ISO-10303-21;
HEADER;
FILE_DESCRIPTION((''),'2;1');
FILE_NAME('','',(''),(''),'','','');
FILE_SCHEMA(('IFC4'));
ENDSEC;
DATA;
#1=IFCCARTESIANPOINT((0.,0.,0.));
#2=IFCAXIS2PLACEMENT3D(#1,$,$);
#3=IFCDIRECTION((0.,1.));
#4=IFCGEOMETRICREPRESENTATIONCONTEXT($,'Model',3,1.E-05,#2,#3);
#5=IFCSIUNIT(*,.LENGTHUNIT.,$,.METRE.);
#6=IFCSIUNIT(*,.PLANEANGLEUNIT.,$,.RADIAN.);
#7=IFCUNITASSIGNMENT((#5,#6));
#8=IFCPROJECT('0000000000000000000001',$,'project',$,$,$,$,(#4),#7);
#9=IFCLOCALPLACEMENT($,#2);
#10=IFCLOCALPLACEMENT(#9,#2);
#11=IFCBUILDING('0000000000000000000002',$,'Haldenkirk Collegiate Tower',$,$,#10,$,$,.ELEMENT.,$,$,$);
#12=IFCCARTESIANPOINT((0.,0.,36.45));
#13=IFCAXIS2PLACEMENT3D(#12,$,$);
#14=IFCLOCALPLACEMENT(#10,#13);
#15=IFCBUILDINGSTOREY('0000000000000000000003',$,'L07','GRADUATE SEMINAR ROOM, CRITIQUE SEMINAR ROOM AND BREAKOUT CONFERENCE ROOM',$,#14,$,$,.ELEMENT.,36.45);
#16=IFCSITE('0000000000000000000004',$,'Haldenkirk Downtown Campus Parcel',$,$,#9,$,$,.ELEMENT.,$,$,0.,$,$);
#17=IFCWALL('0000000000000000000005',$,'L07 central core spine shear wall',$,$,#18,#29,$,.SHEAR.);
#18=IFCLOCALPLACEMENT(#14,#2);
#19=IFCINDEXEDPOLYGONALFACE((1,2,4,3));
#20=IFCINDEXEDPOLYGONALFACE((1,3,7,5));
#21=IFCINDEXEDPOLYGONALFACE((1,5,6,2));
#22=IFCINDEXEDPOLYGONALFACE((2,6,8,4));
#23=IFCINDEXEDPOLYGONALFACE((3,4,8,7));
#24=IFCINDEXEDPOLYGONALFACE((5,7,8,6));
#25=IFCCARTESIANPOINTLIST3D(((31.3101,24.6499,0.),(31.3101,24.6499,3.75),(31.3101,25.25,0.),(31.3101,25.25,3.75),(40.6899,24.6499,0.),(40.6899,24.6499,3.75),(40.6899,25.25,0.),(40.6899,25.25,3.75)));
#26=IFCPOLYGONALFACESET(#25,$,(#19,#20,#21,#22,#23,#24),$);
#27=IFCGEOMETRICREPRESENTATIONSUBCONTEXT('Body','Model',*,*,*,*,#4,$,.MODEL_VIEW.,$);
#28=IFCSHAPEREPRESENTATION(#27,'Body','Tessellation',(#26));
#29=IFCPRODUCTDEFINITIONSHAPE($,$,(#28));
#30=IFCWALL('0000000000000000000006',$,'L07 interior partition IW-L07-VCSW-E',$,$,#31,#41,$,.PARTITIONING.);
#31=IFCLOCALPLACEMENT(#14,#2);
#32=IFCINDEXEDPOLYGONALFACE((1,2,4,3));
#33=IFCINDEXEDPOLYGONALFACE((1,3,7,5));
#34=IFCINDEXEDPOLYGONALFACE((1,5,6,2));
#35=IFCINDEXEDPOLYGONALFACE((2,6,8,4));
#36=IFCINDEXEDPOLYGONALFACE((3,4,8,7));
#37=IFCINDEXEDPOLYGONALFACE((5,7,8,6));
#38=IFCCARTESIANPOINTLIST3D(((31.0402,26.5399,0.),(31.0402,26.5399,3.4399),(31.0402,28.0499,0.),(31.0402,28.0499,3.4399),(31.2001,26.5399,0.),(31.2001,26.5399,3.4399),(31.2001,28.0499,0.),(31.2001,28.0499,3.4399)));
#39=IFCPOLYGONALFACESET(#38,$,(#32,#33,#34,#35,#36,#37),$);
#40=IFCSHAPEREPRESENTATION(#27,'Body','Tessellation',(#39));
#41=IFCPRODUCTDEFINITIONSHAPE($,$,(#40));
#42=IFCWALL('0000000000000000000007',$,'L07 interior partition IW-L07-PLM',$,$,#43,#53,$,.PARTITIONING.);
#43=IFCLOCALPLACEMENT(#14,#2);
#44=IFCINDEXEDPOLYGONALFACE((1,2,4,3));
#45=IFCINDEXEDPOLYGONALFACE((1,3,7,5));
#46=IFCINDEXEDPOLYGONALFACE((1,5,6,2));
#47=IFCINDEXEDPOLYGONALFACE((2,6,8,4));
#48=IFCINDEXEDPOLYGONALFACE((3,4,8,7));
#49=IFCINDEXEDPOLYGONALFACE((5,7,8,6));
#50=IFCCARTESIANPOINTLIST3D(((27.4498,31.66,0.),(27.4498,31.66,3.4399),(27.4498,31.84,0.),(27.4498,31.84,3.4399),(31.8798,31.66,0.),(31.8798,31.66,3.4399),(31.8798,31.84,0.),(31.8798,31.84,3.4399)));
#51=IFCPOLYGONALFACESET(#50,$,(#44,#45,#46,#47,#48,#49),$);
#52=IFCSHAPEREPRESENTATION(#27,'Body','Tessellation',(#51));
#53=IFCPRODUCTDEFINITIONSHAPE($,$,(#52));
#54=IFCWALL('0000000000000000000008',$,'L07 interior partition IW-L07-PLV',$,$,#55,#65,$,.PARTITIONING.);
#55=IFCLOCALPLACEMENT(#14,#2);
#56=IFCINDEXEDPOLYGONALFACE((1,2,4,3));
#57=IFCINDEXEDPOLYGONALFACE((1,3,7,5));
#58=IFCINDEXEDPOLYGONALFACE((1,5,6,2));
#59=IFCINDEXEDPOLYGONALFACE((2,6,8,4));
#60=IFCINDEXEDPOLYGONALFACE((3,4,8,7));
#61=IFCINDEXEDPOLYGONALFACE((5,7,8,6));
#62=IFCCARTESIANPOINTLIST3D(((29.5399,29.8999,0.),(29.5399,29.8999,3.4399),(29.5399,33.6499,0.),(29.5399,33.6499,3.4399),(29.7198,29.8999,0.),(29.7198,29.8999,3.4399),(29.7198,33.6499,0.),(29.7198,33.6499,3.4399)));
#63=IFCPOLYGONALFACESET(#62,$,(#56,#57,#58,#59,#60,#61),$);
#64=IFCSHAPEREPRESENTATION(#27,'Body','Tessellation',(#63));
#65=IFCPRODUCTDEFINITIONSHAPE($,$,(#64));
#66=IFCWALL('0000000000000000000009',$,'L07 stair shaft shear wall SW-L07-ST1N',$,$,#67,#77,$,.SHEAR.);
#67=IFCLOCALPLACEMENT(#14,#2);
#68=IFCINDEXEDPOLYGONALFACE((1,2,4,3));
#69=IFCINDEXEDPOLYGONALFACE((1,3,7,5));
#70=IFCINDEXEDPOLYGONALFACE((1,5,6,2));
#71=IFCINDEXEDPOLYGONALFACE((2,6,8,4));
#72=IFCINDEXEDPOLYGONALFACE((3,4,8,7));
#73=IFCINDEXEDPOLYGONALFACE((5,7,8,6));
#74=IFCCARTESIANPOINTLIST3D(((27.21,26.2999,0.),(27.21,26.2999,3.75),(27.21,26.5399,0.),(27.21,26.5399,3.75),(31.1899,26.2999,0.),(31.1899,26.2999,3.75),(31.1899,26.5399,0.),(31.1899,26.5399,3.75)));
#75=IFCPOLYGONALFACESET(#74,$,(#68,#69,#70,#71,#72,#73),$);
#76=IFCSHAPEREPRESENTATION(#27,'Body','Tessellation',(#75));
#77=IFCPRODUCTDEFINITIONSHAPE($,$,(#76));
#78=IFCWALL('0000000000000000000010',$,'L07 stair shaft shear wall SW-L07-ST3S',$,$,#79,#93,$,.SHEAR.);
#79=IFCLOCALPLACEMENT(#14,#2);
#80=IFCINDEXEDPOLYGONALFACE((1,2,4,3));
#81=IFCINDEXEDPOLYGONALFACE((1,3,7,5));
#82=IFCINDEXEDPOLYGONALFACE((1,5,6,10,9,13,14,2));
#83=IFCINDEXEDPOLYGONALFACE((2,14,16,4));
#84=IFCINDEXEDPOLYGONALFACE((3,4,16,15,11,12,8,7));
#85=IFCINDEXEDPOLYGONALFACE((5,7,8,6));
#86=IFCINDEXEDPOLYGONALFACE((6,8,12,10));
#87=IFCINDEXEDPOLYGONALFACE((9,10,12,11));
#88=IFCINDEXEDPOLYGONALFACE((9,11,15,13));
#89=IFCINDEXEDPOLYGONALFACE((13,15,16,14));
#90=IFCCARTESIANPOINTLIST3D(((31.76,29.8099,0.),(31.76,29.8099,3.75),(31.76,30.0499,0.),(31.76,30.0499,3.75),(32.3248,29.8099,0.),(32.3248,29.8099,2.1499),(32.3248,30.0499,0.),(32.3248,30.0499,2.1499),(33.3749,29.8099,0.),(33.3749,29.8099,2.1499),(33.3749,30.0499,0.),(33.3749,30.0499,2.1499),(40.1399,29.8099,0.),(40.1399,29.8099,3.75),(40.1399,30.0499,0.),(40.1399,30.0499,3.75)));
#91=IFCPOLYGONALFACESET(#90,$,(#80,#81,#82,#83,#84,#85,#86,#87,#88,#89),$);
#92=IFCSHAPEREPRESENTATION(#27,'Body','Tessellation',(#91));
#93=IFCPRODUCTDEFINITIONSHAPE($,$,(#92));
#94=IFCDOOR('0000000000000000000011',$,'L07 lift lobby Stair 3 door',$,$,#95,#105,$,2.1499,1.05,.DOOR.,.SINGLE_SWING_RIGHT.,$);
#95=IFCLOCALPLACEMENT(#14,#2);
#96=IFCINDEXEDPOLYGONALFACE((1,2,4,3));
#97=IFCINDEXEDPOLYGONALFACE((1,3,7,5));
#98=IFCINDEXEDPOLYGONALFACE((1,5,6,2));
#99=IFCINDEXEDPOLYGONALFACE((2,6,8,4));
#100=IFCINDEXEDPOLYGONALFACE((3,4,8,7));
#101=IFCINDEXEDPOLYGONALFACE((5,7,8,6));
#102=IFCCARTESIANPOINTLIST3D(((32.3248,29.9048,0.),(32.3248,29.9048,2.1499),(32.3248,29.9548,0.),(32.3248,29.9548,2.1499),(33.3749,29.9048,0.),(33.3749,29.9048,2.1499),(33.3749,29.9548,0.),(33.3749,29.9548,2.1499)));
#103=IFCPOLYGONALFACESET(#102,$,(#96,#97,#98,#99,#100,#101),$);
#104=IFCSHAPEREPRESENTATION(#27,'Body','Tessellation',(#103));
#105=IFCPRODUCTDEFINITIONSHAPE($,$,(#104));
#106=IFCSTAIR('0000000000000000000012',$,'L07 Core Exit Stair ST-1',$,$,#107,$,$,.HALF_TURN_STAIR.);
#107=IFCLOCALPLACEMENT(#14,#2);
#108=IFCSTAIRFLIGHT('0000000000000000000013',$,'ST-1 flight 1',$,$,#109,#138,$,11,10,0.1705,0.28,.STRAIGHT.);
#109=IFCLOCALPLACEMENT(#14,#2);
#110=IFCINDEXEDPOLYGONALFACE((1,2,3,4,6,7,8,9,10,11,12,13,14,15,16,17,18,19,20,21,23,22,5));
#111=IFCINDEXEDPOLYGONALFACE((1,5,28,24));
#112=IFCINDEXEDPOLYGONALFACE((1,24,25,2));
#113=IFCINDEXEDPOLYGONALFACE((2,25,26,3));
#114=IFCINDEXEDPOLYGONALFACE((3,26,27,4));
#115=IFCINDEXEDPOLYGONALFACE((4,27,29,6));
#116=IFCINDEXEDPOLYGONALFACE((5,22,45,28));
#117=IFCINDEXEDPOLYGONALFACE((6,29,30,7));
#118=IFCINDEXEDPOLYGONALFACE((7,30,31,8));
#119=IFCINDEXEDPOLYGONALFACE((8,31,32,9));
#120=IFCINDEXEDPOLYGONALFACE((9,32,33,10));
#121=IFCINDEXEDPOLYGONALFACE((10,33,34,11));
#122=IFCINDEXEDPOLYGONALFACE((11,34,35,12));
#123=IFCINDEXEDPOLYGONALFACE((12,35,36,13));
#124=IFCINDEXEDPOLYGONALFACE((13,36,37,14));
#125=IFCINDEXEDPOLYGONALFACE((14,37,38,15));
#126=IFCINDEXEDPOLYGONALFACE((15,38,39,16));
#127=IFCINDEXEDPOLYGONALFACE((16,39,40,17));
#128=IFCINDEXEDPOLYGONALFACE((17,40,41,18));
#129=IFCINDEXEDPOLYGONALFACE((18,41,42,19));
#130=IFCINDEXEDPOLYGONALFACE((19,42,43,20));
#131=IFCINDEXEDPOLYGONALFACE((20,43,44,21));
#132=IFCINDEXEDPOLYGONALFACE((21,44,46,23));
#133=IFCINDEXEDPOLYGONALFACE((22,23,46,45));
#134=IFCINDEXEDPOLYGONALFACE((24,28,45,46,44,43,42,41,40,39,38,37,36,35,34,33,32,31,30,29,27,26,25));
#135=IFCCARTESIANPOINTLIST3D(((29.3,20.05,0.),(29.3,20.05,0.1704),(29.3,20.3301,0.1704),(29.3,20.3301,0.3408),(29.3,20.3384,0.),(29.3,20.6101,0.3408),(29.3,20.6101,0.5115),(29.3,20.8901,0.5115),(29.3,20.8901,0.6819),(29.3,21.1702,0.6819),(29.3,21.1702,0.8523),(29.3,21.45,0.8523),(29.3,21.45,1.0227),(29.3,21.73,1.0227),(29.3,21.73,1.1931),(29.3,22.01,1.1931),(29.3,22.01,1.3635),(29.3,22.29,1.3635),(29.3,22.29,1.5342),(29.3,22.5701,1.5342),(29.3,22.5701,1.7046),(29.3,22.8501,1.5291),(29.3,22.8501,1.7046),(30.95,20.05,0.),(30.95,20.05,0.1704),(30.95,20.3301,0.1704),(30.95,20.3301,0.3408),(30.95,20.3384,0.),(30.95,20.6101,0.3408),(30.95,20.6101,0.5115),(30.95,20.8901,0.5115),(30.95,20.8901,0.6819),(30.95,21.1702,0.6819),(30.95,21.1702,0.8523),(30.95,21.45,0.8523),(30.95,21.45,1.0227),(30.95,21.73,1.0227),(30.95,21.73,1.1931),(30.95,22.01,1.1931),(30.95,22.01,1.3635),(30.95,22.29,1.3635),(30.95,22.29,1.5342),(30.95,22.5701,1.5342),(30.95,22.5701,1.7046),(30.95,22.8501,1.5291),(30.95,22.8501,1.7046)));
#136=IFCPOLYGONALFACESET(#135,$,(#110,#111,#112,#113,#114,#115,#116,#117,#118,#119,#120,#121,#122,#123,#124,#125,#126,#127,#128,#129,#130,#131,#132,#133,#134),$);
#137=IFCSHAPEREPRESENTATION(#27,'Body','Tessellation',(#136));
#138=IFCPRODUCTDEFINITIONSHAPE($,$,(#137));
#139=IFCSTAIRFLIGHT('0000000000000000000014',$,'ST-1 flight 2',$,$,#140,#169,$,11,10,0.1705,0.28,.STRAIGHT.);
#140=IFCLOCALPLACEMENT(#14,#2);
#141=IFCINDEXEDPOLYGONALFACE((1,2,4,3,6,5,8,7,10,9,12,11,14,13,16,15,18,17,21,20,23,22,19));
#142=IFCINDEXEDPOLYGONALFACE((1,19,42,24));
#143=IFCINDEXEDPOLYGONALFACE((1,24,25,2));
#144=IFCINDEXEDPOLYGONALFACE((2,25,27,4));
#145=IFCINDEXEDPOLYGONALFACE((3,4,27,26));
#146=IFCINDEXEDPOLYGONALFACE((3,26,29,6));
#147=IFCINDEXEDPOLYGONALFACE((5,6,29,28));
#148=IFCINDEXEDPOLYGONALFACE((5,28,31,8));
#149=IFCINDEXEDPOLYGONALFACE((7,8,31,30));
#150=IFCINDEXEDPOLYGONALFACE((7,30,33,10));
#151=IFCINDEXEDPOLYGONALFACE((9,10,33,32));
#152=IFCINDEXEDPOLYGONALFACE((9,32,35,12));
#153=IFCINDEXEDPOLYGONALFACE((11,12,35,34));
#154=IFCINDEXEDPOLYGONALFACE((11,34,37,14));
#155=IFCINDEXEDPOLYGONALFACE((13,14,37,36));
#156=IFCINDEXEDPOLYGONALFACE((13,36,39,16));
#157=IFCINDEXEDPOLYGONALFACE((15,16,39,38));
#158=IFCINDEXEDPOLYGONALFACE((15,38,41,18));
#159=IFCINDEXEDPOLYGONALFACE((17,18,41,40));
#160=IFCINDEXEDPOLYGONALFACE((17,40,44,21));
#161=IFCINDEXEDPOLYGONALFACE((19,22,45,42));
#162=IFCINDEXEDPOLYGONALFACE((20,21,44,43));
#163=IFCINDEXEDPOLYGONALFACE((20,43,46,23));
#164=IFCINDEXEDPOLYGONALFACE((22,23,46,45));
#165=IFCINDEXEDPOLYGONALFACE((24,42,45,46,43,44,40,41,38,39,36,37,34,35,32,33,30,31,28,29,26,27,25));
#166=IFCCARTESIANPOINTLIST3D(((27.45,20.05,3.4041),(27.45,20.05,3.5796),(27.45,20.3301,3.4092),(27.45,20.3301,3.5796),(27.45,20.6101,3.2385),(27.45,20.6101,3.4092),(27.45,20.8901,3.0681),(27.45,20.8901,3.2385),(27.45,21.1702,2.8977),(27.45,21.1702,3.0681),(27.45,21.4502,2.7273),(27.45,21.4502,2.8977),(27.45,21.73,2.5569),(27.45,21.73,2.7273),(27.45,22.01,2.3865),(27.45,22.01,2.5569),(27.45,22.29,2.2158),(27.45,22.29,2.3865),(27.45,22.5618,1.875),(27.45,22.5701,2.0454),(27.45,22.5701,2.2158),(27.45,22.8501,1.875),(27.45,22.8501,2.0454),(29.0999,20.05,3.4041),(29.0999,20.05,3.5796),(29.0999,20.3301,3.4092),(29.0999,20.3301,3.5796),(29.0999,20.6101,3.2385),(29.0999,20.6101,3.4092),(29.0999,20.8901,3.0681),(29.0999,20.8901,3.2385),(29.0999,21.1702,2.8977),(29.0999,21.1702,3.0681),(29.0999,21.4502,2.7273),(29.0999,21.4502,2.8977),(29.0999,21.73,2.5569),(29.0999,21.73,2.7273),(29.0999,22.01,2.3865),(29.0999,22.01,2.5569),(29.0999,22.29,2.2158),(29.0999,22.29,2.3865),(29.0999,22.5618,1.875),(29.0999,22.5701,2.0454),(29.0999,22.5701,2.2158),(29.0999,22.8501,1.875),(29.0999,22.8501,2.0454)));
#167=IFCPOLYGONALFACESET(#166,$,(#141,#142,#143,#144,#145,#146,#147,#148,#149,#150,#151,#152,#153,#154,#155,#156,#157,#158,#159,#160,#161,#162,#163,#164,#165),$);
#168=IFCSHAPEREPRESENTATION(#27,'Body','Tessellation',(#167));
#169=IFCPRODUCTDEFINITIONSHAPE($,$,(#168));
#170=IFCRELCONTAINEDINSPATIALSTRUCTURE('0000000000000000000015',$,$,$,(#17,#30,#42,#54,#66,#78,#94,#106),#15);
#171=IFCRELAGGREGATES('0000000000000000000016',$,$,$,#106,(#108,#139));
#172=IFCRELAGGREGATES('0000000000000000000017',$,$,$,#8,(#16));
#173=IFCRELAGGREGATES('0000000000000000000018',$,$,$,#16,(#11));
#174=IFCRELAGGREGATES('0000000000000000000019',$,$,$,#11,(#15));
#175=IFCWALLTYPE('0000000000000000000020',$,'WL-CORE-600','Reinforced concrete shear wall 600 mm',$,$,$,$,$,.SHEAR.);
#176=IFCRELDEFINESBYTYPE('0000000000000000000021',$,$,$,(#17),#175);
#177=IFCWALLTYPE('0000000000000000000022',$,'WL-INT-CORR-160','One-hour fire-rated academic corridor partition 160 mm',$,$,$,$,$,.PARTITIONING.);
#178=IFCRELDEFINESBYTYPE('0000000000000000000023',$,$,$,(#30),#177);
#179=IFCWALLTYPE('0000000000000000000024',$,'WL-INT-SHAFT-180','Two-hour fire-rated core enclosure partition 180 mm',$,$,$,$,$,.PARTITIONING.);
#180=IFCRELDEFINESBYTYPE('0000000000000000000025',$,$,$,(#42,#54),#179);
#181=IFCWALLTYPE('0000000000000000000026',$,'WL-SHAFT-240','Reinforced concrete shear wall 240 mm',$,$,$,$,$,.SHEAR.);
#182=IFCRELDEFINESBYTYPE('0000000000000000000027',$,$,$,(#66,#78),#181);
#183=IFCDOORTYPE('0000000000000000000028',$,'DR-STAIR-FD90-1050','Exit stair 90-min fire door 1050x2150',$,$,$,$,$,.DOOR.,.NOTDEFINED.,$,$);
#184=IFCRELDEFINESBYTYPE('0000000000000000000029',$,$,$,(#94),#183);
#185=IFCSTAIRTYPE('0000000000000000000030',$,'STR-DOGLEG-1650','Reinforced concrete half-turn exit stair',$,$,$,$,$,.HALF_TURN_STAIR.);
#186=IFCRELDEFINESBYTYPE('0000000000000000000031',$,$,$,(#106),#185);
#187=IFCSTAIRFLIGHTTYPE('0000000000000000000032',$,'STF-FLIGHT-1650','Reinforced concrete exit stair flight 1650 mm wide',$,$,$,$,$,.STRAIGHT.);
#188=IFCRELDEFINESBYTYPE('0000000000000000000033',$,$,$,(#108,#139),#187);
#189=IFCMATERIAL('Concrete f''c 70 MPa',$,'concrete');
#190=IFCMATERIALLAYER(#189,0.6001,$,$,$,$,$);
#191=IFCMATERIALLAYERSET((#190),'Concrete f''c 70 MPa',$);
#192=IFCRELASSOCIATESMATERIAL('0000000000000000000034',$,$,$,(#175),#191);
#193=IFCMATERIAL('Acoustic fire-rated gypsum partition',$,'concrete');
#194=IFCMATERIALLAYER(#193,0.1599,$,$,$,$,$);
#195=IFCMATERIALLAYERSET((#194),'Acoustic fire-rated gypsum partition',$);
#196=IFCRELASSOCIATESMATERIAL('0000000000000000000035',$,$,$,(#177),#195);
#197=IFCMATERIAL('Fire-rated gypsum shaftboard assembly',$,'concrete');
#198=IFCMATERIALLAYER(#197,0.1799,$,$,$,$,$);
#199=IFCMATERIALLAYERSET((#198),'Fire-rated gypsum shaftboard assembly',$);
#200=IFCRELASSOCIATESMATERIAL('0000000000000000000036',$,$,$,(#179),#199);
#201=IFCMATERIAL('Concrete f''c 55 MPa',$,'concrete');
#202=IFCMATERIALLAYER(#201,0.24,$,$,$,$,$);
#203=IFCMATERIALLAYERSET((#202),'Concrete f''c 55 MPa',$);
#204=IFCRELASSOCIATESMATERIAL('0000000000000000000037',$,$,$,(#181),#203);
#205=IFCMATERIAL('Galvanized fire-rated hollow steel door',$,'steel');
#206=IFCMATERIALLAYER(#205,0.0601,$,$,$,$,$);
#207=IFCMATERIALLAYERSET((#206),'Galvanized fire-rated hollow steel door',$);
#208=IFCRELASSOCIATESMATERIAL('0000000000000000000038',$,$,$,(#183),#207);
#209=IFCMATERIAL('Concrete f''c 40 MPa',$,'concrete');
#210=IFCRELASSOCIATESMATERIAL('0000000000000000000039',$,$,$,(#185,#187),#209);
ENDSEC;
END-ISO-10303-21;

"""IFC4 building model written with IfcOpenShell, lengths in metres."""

from ifc_helpers import new_model, si_unit, direction, frame, frame_2d, origin, place, context, subcontext, project, spatial, polyline, rectangle, outline, extrude, material, layer, layer_set, type_object, element, fill, aggregate, save


model = new_model("IFC4")

# Units and contexts
model_context = context("Model", 3, precision=1e-05, world=origin(), true_north=direction((0.0, 1.0)))
body_context = subcontext(model_context, "Body", "Model", "MODEL_VIEW")
ifc_project = project(units=[si_unit("LENGTHUNIT", "METRE"), si_unit("PLANEANGLEUNIT", "RADIAN")], contexts=[model_context])

# Site, building, storey
site_placement = place(None, origin())
site = spatial("IfcSite", under=ifc_project, at=site_placement, Name="Haldenkirk Downtown Campus Parcel", CompositionType="ELEMENT", RefElevation=0.0)
building_placement = place(site_placement, origin())
building = spatial("IfcBuilding", under=site, at=building_placement, Name="Haldenkirk Collegiate Tower", CompositionType="ELEMENT")
storey_placement = place(building_placement, frame((0.0, 0.0, 36.45)))
storey = spatial("IfcBuildingStorey", under=building, at=storey_placement, Name="L07", Description="GRADUATE SEMINAR ROOM, CRITIQUE SEMINAR ROOM AND BREAKOUT CONFERENCE ROOM", CompositionType="ELEMENT", Elevation=36.45)

# Walls
ifc_material_1 = material(Name="Concrete f'c 70 MPa", Category="concrete")
ifc_layer_1 = layer(ifc_material_1, 0.6001)
ifc_layer_set_1 = layer_set([ifc_layer_1], Name="Concrete f'c 70 MPa")
wall_type_1 = type_object("IfcWallType", Name="WL-CORE-600", Description="Reinforced concrete shear wall 600 mm", PredefinedType="SHEAR", material=ifc_layer_set_1)
wall_1_placement = place(storey_placement, frame((31.3101, 24.95, 0.0), z_axis=(0.0, 0.0, 1.0), x_axis=(1.0, 0.0, 0.0)))
element("IfcWall", 1, at=wall_1_placement, inside=storey, type_object=wall_type_1, Name="L07 central core spine shear wall", PredefinedType="SHEAR", context=body_context, shape_type="SweptSolid", body=[
    extrude(rectangle(XDim=9.3799, YDim=0.6001, at=frame_2d((4.6899, 0.0))), origin(), (0.0, 0.0, 1.0), 3.75),
])
ifc_material_2 = material(Name="Acoustic fire-rated gypsum partition", Category="concrete")
ifc_layer_2 = layer(ifc_material_2, 0.1599)
ifc_layer_set_2 = layer_set([ifc_layer_2], Name="Acoustic fire-rated gypsum partition")
wall_type_2 = type_object("IfcWallType", Name="WL-INT-CORR-160", Description="One-hour fire-rated academic corridor partition 160 mm", PredefinedType="PARTITIONING", material=ifc_layer_set_2)
wall_2_placement = place(storey_placement, frame((31.1201, 26.54, 0.0), z_axis=(0.0, 0.0, 1.0), x_axis=(0.0, 1.0, 0.0)))
element("IfcWall", 2, at=wall_2_placement, inside=storey, type_object=wall_type_2, Name="L07 interior partition IW-L07-VCSW-E", PredefinedType="PARTITIONING", context=body_context, shape_type="SweptSolid", body=[
    extrude(rectangle(XDim=1.51, YDim=0.1599, at=frame_2d((0.7549, 0.0))), origin(), (0.0, 0.0, 1.0), 3.4399),
])

# Shared definitions
ifc_material_3 = material(Name="Fire-rated gypsum shaftboard assembly", Category="concrete")
ifc_layer_3 = layer(ifc_material_3, 0.1799)
ifc_layer_set_3 = layer_set([ifc_layer_3], Name="Fire-rated gypsum shaftboard assembly")
wall_type_3 = type_object("IfcWallType", Name="WL-INT-SHAFT-180", Description="Two-hour fire-rated core enclosure partition 180 mm", PredefinedType="PARTITIONING", material=ifc_layer_set_3)

# Walls
wall_3_placement = place(storey_placement, frame((27.45, 31.75, 0.0), z_axis=(0.0, 0.0, 1.0), x_axis=(1.0, 0.0, 0.0)))
element("IfcWall", 3, at=wall_3_placement, inside=storey, type_object=wall_type_3, Name="L07 interior partition IW-L07-PLM", PredefinedType="PARTITIONING", context=body_context, shape_type="SweptSolid", body=[
    extrude(rectangle(XDim=4.4299, YDim=0.1799, at=frame_2d((2.2148, 0.0))), origin(), (0.0, 0.0, 1.0), 3.4399),
])
wall_4_placement = place(storey_placement, frame((29.6299, 29.8999, 0.0), z_axis=(0.0, 0.0, 1.0), x_axis=(0.0, 1.0, 0.0)))
element("IfcWall", 4, at=wall_4_placement, inside=storey, type_object=wall_type_3, Name="L07 interior partition IW-L07-PLV", PredefinedType="PARTITIONING", context=body_context, shape_type="SweptSolid", body=[
    extrude(rectangle(XDim=3.75, YDim=0.1799, at=frame_2d((1.875, 0.0))), origin(), (0.0, 0.0, 1.0), 3.4399),
])

# Shared definitions
ifc_material_4 = material(Name="Galvanized fire-rated hollow steel door", Category="steel")

# Wall
ifc_material_5 = material(Name="Concrete f'c 55 MPa", Category="concrete")
ifc_layer_4 = layer(ifc_material_5, 0.24)
ifc_layer_set_4 = layer_set([ifc_layer_4], Name="Concrete f'c 55 MPa")
wall_type_4 = type_object("IfcWallType", Name="WL-SHAFT-240", Description="Reinforced concrete shear wall 240 mm", PredefinedType="SHEAR", material=ifc_layer_set_4)
wall_5_placement = place(storey_placement, frame((27.21, 26.4199, 0.0), z_axis=(0.0, 0.0, 1.0), x_axis=(1.0, 0.0, 0.0)))
element("IfcWall", 5, at=wall_5_placement, inside=storey, type_object=wall_type_4, Name="L07 stair shaft shear wall SW-L07-ST1N", PredefinedType="SHEAR", context=body_context, shape_type="SweptSolid", body=[
    extrude(rectangle(XDim=3.98, YDim=0.24, at=frame_2d((1.99, 0.0))), origin(), (0.0, 0.0, 1.0), 3.75),
])

# Wall, opening, door
wall_6_placement = place(storey_placement, frame((31.76, 29.9299, 0.0), z_axis=(0.0, 0.0, 1.0), x_axis=(1.0, 0.0, 0.0)))
wall_6 = element("IfcWall", 6, at=wall_6_placement, inside=storey, type_object=wall_type_4, Name="L07 stair shaft shear wall SW-L07-ST3S", PredefinedType="SHEAR", context=body_context, shape_type="SweptSolid", body=[
    extrude(rectangle(XDim=8.3799, YDim=0.24, at=frame_2d((4.1899, 0.0))), origin(), (0.0, 0.0, 1.0), 3.75),
])
opening_1_placement = place(wall_6_placement, frame((0.5649, 0.0, 0.0)))
opening_1 = element("IfcOpeningElement", 7, at=opening_1_placement, cuts=wall_6, PredefinedType="OPENING", context=body_context, shape_type="SweptSolid", body=[
    extrude(rectangle(XDim=1.05, YDim=2.1499, at=frame_2d((0.5249, 1.075))), frame((0.0, 0.1299, 0.0), z_axis=(0.0, -1.0, 0.0), x_axis=(1.0, 0.0, 0.0)), (0.0, 0.0, 1.0), 0.26),
])
ifc_layer_5 = layer(ifc_material_4, 0.0601)
ifc_layer_set_5 = layer_set([ifc_layer_5], Name="Galvanized fire-rated hollow steel door")
door_type_1 = type_object("IfcDoorType", Name="DR-STAIR-FD90-1050", Description="Exit stair 90-min fire door 1050x2150", OperationType="NOTDEFINED", PredefinedType="DOOR", material=ifc_layer_set_5)
door_1_placement = place(opening_1_placement, origin())
door_1 = element("IfcDoor", 8, at=door_1_placement, inside=storey, type_object=door_type_1, Name="L07 lift lobby Stair 3 door", OperationType="SINGLE_SWING_RIGHT", OverallHeight=2.1499, OverallWidth=1.05, PredefinedType="DOOR", context=body_context, shape_type="SweptSolid", body=[
    extrude(rectangle(XDim=1.05, YDim=2.1499, at=frame_2d((0.5249, 1.075))), frame((0.0, 0.0249, 0.0), z_axis=(0.0, -1.0, 0.0), x_axis=(1.0, 0.0, 0.0)), (0.0, 0.0, 1.0), 0.05),
])
fill(opening_1, door_1)

# Stair, stair flights
ifc_material_6 = material(Name="Concrete f'c 40 MPa", Category="concrete")
stair_type = type_object("IfcStairType", Name="STR-DOGLEG-1650", Description="Reinforced concrete half-turn exit stair", PredefinedType="HALF_TURN_STAIR", material=ifc_material_6)
stair_placement = place(storey_placement, origin())
stair = element("IfcStair", 9, at=stair_placement, inside=storey, type_object=stair_type, Name="L07 Core Exit Stair ST-1", PredefinedType="HALF_TURN_STAIR")
stair_flight_type = type_object("IfcStairFlightType", Name="STF-FLIGHT-1650", Description="Reinforced concrete exit stair flight 1650 mm wide", PredefinedType="STRAIGHT", material=ifc_material_6)
stair_flight_1_placement = place(storey_placement, frame((30.125, 20.05, 0.0), z_axis=(0.0, 0.0, 1.0), x_axis=(0.0, 1.0, 0.0)))
stair_flight_1 = element("IfcStairFlight", 10, at=stair_flight_1_placement, type_object=stair_flight_type, Name="ST-1 flight 1", NumberOfRisers=11, NumberOfTreads=10, PredefinedType="STRAIGHT", RiserHeight=0.1705, TreadLength=0.28, context=body_context, shape_type="SweptSolid", body=[
    extrude(outline(polyline([(0.0, 0.0), (0.0, 0.1704), (0.28, 0.1704), (0.28, 0.3408), (0.5601, 0.3408), (0.5601, 0.5115), (0.8401, 0.5115), (0.8401, 0.6819), (1.1201, 0.6819), (1.1201, 0.8523), (1.3999, 0.8523), (1.3999, 1.0227), (1.6799, 1.0227), (1.6799, 1.1931), (1.96, 1.1931), (1.96, 1.3635), (2.24, 1.3635), (2.24, 1.5342), (2.52, 1.5342), (2.52, 1.7046), (2.8, 1.7046), (2.8, 1.875), (2.8, 1.5291), (0.2883, 0.0), (0.0, 0.0)])), frame((0.0, 0.825, 0.0), z_axis=(0.0, -1.0, 0.0), x_axis=(1.0, 0.0, 0.0)), (0.0, 0.0, 1.0), 1.6499),
])
stair_flight_2_placement = place(storey_placement, frame((28.2749, 22.8501, 1.875), z_axis=(0.0, 0.0, 1.0), x_axis=(0.0, -1.0, 0.0)))
stair_flight_2 = element("IfcStairFlight", 11, at=stair_flight_2_placement, type_object=stair_flight_type, Name="ST-1 flight 2", NumberOfRisers=11, NumberOfTreads=10, PredefinedType="STRAIGHT", RiserHeight=0.1705, TreadLength=0.28, context=body_context, shape_type="SweptSolid", body=[
    extrude(outline(polyline([(0.0, 0.0), (0.0, 0.1704), (0.28, 0.1704), (0.28, 0.3408), (0.5601, 0.3408), (0.5601, 0.5115), (0.8401, 0.5115), (0.8401, 0.6819), (1.1201, 0.6819), (1.1201, 0.8523), (1.3999, 0.8523), (1.3999, 1.0227), (1.6799, 1.0227), (1.6799, 1.1931), (1.96, 1.1931), (1.96, 1.3635), (2.24, 1.3635), (2.24, 1.5342), (2.52, 1.5342), (2.52, 1.7046), (2.8, 1.7046), (2.8, 1.875), (2.8, 1.5291), (0.2883, 0.0), (0.0, 0.0)])), frame((0.0, 0.825, 0.0), z_axis=(0.0, -1.0, 0.0), x_axis=(1.0, 0.0, 0.0)), (0.0, 0.0, 1.0), 1.6499),
])
aggregate(stair, [stair_flight_1, stair_flight_2])

save(model, "model.ifc")
